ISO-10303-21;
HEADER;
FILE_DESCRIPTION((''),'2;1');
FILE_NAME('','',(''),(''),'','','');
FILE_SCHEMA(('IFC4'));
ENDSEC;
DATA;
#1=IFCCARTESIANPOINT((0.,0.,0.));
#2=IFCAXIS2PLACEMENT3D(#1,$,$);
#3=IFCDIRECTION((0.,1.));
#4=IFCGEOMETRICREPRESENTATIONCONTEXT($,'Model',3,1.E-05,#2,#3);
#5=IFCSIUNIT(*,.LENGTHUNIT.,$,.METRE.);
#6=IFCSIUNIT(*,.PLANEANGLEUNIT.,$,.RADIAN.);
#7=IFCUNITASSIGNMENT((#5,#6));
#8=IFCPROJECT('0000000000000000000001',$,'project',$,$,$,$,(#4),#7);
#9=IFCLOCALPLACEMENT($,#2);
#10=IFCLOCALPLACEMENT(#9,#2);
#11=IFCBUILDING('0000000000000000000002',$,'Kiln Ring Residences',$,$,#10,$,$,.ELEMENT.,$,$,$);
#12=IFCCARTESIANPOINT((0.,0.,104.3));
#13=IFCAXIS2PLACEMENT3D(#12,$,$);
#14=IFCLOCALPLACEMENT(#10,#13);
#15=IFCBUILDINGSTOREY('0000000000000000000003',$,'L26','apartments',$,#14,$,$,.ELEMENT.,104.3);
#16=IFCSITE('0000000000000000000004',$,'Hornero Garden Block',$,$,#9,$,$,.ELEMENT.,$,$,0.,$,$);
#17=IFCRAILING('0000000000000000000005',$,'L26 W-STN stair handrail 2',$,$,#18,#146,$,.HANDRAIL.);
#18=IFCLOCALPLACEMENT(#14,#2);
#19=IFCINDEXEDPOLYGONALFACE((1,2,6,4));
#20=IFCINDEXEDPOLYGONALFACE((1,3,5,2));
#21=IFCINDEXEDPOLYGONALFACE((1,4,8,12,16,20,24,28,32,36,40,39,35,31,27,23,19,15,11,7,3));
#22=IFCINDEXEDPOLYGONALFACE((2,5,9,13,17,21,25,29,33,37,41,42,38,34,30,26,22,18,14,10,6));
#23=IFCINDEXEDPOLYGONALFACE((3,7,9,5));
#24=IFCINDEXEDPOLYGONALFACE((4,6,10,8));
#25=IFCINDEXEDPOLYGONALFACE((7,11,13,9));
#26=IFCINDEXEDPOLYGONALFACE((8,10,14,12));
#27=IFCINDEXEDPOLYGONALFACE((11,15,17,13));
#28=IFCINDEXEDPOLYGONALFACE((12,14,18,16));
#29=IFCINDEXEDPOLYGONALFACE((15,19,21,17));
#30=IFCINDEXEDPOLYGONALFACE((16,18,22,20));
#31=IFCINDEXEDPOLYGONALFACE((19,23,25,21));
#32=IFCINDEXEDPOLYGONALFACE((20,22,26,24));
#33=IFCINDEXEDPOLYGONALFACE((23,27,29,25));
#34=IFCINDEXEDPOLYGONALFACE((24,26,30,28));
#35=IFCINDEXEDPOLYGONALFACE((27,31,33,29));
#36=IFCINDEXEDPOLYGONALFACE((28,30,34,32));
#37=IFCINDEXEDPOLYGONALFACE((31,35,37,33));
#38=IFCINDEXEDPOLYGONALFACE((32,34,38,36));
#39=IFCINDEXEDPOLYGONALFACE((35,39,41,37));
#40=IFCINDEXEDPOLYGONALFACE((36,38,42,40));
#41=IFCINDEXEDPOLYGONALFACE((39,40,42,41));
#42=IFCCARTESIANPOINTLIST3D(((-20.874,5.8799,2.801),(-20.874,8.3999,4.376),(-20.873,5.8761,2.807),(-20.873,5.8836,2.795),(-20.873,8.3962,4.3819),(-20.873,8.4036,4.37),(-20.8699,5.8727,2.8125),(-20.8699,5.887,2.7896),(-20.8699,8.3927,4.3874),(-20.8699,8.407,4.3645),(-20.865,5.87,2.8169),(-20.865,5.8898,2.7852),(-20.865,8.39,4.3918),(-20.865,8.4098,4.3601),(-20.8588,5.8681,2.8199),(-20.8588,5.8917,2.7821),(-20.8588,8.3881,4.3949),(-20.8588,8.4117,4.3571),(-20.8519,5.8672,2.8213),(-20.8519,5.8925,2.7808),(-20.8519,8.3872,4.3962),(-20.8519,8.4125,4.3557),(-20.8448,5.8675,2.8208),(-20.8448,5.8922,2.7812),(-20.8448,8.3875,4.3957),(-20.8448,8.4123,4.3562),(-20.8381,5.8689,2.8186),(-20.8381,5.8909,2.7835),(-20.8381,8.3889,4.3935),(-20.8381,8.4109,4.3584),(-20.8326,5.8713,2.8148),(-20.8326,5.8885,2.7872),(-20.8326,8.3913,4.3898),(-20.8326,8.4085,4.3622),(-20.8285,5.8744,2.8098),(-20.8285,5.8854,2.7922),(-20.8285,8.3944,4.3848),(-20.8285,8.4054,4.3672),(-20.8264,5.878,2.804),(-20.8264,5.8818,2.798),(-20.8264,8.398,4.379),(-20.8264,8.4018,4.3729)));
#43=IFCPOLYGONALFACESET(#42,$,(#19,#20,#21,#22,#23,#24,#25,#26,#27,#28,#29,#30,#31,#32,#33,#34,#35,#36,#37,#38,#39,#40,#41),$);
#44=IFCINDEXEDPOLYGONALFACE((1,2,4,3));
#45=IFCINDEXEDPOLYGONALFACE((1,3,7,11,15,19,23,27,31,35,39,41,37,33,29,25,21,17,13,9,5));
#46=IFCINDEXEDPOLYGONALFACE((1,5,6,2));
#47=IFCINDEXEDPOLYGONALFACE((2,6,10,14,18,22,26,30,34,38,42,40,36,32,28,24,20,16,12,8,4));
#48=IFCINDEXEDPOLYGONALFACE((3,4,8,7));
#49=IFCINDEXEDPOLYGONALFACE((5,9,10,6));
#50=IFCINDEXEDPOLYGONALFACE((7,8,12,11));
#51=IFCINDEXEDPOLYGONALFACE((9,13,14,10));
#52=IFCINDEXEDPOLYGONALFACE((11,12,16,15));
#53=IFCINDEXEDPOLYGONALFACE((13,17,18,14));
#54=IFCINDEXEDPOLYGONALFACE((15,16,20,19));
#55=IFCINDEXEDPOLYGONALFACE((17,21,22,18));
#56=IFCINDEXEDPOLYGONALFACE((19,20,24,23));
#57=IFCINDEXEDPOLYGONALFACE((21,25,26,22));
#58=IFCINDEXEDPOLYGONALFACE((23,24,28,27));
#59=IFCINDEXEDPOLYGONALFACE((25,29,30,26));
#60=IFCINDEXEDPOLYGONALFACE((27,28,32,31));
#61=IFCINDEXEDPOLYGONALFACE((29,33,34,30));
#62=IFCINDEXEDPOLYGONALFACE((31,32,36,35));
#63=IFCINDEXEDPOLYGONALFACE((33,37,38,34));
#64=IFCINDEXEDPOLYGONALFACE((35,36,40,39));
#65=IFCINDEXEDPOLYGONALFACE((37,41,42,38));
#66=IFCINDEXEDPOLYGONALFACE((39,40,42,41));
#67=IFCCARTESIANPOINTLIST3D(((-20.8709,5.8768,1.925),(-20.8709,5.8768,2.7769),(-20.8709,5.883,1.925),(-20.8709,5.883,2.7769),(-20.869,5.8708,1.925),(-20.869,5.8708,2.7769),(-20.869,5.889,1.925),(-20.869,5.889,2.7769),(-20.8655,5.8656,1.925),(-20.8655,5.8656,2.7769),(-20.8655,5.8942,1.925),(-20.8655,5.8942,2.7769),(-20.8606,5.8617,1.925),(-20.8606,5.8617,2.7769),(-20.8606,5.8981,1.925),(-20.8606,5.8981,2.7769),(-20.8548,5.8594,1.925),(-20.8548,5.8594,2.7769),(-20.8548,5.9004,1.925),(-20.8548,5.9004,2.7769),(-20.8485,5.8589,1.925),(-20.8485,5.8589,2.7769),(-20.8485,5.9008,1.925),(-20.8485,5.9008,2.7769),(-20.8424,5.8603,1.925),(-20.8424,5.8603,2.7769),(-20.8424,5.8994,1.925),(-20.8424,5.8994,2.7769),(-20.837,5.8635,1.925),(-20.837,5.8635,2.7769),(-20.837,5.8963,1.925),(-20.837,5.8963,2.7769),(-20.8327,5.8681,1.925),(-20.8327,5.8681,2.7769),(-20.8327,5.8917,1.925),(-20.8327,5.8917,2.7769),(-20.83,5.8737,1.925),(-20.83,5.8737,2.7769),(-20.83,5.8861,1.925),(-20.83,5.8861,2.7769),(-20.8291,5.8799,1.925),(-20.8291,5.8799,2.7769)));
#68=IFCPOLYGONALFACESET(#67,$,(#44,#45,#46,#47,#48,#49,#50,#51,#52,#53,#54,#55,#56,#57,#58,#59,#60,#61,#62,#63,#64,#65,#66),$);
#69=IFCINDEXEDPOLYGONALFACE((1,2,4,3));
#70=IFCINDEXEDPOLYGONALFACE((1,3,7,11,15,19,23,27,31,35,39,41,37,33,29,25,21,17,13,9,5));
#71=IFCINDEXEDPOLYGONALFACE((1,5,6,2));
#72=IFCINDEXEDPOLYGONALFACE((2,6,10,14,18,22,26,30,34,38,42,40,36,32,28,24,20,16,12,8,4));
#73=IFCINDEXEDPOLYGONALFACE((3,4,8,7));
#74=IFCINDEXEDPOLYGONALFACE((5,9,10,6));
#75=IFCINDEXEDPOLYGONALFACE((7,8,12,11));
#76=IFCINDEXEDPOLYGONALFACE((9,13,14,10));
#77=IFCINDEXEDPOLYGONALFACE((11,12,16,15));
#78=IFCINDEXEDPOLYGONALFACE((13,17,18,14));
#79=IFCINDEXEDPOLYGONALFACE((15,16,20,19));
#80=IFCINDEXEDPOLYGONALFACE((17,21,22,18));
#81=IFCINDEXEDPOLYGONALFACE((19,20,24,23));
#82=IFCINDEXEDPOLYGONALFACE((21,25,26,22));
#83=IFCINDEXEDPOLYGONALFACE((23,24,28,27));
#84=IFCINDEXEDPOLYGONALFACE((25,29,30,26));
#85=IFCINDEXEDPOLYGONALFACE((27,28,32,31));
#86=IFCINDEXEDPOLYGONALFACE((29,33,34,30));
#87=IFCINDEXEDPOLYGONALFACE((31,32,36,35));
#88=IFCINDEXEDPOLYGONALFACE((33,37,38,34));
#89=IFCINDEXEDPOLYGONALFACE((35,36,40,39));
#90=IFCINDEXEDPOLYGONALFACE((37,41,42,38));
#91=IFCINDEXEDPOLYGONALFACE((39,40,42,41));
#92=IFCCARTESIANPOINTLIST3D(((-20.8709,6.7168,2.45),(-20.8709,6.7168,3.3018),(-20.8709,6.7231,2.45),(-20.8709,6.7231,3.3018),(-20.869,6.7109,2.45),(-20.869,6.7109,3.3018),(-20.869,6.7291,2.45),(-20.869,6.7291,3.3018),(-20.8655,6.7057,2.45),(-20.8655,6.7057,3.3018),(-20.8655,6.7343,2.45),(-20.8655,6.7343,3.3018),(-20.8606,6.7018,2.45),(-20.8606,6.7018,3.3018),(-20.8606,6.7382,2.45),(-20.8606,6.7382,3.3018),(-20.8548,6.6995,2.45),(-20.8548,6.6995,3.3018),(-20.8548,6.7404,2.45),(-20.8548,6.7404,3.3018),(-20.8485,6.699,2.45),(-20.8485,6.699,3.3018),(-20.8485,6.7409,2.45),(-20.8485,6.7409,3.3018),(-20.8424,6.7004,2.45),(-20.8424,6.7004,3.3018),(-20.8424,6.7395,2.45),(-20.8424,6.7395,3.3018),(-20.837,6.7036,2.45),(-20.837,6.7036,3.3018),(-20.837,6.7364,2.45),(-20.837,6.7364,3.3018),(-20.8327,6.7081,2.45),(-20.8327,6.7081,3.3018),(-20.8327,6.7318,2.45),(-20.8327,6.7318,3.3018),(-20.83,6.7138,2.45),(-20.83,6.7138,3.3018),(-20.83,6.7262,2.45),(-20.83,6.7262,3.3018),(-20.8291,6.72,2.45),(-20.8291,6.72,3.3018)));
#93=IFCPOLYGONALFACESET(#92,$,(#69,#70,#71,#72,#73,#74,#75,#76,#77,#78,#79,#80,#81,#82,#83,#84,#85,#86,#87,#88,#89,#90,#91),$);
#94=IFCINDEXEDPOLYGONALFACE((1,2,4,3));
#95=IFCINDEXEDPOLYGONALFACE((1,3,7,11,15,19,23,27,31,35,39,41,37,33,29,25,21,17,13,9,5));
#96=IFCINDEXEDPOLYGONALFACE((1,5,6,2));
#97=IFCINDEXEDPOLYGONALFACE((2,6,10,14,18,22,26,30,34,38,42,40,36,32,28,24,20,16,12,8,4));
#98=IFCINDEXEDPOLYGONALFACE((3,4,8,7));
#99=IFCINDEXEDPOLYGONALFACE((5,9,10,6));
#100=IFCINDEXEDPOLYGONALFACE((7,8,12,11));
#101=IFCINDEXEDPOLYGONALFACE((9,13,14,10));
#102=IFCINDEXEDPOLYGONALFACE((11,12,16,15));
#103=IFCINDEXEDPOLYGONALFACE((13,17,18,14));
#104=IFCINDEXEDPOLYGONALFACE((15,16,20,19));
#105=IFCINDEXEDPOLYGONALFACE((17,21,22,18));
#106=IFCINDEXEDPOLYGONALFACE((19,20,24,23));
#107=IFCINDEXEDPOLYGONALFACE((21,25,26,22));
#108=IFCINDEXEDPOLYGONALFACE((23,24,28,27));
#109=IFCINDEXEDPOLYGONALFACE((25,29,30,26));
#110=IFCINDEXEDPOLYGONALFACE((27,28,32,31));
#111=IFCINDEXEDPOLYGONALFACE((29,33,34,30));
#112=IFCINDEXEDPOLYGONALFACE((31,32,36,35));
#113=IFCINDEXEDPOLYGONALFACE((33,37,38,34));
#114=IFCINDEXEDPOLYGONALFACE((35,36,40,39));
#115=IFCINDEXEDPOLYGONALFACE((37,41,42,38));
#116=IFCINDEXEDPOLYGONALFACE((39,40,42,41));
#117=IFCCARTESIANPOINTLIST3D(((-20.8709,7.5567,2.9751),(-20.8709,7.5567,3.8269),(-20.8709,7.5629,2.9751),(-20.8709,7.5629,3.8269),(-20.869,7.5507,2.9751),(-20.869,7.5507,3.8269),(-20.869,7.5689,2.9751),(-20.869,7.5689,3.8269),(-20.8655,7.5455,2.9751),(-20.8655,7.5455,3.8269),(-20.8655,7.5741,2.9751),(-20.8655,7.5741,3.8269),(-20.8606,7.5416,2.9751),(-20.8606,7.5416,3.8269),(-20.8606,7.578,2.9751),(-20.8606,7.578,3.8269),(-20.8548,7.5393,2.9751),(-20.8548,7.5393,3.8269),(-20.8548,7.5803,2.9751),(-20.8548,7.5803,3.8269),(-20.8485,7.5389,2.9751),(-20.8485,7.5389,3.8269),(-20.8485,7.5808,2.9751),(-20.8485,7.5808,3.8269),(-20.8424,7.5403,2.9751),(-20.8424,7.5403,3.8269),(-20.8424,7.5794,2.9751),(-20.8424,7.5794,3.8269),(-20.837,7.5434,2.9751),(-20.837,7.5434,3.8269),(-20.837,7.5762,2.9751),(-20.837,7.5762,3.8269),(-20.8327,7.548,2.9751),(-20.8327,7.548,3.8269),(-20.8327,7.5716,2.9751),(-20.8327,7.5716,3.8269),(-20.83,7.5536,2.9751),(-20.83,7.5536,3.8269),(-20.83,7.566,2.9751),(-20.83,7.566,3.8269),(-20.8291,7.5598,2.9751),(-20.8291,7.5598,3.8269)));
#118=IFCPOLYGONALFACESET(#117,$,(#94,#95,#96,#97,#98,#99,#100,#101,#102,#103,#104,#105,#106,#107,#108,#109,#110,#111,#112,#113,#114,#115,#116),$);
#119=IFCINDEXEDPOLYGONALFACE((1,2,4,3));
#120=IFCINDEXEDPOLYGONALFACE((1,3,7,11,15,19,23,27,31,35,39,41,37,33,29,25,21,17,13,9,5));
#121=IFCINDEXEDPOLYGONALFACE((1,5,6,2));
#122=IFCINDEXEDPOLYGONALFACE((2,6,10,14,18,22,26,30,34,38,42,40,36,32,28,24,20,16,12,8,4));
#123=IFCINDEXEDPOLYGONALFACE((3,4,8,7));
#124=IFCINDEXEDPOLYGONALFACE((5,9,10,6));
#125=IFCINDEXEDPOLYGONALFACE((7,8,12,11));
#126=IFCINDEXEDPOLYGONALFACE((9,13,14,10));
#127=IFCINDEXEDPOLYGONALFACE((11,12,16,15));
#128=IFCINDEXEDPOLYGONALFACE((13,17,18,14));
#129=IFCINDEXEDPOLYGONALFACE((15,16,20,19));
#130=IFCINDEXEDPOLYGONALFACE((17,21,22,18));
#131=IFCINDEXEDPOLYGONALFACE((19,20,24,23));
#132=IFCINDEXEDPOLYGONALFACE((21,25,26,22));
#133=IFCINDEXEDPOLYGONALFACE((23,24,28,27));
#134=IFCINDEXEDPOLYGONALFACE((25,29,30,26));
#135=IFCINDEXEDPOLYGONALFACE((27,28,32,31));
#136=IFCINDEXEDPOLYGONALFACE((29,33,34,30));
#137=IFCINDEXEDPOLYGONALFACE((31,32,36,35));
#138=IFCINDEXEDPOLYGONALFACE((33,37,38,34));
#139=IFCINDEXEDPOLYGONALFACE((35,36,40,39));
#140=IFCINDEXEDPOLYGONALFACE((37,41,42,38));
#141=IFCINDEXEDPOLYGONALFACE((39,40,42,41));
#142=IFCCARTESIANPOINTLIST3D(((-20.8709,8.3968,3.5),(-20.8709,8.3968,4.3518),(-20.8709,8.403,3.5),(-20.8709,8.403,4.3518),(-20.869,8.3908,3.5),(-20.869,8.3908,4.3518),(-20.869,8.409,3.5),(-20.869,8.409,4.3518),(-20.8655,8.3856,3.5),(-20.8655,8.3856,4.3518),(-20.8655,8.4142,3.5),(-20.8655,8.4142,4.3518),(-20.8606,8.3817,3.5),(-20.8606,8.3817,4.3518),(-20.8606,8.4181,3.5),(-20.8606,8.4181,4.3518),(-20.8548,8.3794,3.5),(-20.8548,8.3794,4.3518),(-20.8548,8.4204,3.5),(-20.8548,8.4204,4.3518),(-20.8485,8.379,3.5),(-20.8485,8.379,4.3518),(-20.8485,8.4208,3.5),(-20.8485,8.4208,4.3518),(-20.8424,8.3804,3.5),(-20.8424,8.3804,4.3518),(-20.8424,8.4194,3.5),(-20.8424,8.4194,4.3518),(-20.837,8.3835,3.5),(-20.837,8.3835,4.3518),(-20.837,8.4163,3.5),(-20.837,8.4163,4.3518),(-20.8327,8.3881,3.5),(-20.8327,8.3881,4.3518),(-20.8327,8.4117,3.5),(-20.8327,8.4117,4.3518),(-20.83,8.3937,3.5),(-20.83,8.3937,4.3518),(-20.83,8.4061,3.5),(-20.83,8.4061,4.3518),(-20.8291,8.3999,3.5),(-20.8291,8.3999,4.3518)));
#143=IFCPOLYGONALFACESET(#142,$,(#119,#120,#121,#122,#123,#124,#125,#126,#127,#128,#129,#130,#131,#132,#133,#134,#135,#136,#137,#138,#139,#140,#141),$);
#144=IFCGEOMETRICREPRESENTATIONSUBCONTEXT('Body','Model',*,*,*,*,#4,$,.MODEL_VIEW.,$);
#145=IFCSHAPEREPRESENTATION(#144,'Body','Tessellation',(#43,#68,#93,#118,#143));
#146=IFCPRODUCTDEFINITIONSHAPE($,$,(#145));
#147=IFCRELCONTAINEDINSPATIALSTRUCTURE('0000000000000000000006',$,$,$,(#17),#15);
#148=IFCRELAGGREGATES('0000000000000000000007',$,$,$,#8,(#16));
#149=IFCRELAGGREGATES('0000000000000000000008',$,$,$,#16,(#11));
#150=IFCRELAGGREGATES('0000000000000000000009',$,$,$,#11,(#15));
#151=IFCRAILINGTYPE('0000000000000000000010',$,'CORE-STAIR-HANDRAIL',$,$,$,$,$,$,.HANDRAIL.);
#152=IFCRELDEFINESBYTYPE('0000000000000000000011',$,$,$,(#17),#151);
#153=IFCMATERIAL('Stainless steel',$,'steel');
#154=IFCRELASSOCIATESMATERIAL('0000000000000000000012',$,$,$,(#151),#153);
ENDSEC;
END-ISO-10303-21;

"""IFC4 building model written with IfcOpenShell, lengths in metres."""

from ifc_helpers import new_model, si_unit, direction, frame, origin, origin_2d, place, context, subcontext, project, spatial, circle, extrude, material, type_object, element, save


model = new_model("IFC4")

# Units and contexts
model_context = context("Model", 3, precision=1e-05, world=origin(), true_north=direction((0.0, 1.0)))
body_context = subcontext(model_context, "Body", "Model", "MODEL_VIEW")
ifc_project = project(units=[si_unit("LENGTHUNIT", "METRE"), si_unit("PLANEANGLEUNIT", "RADIAN")], contexts=[model_context])

# Site, building, storey
site_placement = place(None, origin())
site = spatial("IfcSite", under=ifc_project, at=site_placement, Name="Hornero Garden Block", CompositionType="ELEMENT", RefElevation=0.0)
building_placement = place(site_placement, origin())
building = spatial("IfcBuilding", under=site, at=building_placement, Name="Kiln Ring Residences", CompositionType="ELEMENT")
storey_placement = place(building_placement, frame((0.0, 0.0, 104.3)))
storey = spatial("IfcBuildingStorey", under=building, at=storey_placement, Name="L26", Description="apartments", CompositionType="ELEMENT", Elevation=104.3)

# Railing
ifc_material_1 = material(Name="Stainless steel", Category="steel")
railing_type_1 = type_object("IfcRailingType", Name="CORE-STAIR-HANDRAIL", PredefinedType="HANDRAIL", material=ifc_material_1)
railing_1_placement = place(storey_placement, frame((-20.8501, 5.8799, 1.925)))
element("IfcRailing", 1, at=railing_1_placement, inside=storey, type_object=railing_type_1, Name="L26 W-STN stair handrail 2", PredefinedType="HANDRAIL", context=body_context, shape_type="SweptSolid", body=[
    extrude(circle(Radius=0.0239, at=origin_2d()), frame((0.0, 0.0, 0.876), z_axis=(0.0, 0.848008, 0.529984), x_axis=(-1.0, 0.0, 0.0)), (0.0, 0.0, 1.0), 2.9717),
    extrude(circle(Radius=0.021, at=origin_2d()), origin(), (0.0, 0.0, 1.0), 0.8518),
    extrude(circle(Radius=0.021, at=origin_2d()), frame((0.0, 0.8401, 0.5249)), (0.0, 0.0, 1.0), 0.8518),
    extrude(circle(Radius=0.021, at=origin_2d()), frame((0.0, 1.6799, 1.05)), (0.0, 0.0, 1.0), 0.8518),
    extrude(circle(Radius=0.021, at=origin_2d()), frame((0.0, 2.52, 1.575)), (0.0, 0.0, 1.0), 0.8518),
])

save(model, "model.ifc")
